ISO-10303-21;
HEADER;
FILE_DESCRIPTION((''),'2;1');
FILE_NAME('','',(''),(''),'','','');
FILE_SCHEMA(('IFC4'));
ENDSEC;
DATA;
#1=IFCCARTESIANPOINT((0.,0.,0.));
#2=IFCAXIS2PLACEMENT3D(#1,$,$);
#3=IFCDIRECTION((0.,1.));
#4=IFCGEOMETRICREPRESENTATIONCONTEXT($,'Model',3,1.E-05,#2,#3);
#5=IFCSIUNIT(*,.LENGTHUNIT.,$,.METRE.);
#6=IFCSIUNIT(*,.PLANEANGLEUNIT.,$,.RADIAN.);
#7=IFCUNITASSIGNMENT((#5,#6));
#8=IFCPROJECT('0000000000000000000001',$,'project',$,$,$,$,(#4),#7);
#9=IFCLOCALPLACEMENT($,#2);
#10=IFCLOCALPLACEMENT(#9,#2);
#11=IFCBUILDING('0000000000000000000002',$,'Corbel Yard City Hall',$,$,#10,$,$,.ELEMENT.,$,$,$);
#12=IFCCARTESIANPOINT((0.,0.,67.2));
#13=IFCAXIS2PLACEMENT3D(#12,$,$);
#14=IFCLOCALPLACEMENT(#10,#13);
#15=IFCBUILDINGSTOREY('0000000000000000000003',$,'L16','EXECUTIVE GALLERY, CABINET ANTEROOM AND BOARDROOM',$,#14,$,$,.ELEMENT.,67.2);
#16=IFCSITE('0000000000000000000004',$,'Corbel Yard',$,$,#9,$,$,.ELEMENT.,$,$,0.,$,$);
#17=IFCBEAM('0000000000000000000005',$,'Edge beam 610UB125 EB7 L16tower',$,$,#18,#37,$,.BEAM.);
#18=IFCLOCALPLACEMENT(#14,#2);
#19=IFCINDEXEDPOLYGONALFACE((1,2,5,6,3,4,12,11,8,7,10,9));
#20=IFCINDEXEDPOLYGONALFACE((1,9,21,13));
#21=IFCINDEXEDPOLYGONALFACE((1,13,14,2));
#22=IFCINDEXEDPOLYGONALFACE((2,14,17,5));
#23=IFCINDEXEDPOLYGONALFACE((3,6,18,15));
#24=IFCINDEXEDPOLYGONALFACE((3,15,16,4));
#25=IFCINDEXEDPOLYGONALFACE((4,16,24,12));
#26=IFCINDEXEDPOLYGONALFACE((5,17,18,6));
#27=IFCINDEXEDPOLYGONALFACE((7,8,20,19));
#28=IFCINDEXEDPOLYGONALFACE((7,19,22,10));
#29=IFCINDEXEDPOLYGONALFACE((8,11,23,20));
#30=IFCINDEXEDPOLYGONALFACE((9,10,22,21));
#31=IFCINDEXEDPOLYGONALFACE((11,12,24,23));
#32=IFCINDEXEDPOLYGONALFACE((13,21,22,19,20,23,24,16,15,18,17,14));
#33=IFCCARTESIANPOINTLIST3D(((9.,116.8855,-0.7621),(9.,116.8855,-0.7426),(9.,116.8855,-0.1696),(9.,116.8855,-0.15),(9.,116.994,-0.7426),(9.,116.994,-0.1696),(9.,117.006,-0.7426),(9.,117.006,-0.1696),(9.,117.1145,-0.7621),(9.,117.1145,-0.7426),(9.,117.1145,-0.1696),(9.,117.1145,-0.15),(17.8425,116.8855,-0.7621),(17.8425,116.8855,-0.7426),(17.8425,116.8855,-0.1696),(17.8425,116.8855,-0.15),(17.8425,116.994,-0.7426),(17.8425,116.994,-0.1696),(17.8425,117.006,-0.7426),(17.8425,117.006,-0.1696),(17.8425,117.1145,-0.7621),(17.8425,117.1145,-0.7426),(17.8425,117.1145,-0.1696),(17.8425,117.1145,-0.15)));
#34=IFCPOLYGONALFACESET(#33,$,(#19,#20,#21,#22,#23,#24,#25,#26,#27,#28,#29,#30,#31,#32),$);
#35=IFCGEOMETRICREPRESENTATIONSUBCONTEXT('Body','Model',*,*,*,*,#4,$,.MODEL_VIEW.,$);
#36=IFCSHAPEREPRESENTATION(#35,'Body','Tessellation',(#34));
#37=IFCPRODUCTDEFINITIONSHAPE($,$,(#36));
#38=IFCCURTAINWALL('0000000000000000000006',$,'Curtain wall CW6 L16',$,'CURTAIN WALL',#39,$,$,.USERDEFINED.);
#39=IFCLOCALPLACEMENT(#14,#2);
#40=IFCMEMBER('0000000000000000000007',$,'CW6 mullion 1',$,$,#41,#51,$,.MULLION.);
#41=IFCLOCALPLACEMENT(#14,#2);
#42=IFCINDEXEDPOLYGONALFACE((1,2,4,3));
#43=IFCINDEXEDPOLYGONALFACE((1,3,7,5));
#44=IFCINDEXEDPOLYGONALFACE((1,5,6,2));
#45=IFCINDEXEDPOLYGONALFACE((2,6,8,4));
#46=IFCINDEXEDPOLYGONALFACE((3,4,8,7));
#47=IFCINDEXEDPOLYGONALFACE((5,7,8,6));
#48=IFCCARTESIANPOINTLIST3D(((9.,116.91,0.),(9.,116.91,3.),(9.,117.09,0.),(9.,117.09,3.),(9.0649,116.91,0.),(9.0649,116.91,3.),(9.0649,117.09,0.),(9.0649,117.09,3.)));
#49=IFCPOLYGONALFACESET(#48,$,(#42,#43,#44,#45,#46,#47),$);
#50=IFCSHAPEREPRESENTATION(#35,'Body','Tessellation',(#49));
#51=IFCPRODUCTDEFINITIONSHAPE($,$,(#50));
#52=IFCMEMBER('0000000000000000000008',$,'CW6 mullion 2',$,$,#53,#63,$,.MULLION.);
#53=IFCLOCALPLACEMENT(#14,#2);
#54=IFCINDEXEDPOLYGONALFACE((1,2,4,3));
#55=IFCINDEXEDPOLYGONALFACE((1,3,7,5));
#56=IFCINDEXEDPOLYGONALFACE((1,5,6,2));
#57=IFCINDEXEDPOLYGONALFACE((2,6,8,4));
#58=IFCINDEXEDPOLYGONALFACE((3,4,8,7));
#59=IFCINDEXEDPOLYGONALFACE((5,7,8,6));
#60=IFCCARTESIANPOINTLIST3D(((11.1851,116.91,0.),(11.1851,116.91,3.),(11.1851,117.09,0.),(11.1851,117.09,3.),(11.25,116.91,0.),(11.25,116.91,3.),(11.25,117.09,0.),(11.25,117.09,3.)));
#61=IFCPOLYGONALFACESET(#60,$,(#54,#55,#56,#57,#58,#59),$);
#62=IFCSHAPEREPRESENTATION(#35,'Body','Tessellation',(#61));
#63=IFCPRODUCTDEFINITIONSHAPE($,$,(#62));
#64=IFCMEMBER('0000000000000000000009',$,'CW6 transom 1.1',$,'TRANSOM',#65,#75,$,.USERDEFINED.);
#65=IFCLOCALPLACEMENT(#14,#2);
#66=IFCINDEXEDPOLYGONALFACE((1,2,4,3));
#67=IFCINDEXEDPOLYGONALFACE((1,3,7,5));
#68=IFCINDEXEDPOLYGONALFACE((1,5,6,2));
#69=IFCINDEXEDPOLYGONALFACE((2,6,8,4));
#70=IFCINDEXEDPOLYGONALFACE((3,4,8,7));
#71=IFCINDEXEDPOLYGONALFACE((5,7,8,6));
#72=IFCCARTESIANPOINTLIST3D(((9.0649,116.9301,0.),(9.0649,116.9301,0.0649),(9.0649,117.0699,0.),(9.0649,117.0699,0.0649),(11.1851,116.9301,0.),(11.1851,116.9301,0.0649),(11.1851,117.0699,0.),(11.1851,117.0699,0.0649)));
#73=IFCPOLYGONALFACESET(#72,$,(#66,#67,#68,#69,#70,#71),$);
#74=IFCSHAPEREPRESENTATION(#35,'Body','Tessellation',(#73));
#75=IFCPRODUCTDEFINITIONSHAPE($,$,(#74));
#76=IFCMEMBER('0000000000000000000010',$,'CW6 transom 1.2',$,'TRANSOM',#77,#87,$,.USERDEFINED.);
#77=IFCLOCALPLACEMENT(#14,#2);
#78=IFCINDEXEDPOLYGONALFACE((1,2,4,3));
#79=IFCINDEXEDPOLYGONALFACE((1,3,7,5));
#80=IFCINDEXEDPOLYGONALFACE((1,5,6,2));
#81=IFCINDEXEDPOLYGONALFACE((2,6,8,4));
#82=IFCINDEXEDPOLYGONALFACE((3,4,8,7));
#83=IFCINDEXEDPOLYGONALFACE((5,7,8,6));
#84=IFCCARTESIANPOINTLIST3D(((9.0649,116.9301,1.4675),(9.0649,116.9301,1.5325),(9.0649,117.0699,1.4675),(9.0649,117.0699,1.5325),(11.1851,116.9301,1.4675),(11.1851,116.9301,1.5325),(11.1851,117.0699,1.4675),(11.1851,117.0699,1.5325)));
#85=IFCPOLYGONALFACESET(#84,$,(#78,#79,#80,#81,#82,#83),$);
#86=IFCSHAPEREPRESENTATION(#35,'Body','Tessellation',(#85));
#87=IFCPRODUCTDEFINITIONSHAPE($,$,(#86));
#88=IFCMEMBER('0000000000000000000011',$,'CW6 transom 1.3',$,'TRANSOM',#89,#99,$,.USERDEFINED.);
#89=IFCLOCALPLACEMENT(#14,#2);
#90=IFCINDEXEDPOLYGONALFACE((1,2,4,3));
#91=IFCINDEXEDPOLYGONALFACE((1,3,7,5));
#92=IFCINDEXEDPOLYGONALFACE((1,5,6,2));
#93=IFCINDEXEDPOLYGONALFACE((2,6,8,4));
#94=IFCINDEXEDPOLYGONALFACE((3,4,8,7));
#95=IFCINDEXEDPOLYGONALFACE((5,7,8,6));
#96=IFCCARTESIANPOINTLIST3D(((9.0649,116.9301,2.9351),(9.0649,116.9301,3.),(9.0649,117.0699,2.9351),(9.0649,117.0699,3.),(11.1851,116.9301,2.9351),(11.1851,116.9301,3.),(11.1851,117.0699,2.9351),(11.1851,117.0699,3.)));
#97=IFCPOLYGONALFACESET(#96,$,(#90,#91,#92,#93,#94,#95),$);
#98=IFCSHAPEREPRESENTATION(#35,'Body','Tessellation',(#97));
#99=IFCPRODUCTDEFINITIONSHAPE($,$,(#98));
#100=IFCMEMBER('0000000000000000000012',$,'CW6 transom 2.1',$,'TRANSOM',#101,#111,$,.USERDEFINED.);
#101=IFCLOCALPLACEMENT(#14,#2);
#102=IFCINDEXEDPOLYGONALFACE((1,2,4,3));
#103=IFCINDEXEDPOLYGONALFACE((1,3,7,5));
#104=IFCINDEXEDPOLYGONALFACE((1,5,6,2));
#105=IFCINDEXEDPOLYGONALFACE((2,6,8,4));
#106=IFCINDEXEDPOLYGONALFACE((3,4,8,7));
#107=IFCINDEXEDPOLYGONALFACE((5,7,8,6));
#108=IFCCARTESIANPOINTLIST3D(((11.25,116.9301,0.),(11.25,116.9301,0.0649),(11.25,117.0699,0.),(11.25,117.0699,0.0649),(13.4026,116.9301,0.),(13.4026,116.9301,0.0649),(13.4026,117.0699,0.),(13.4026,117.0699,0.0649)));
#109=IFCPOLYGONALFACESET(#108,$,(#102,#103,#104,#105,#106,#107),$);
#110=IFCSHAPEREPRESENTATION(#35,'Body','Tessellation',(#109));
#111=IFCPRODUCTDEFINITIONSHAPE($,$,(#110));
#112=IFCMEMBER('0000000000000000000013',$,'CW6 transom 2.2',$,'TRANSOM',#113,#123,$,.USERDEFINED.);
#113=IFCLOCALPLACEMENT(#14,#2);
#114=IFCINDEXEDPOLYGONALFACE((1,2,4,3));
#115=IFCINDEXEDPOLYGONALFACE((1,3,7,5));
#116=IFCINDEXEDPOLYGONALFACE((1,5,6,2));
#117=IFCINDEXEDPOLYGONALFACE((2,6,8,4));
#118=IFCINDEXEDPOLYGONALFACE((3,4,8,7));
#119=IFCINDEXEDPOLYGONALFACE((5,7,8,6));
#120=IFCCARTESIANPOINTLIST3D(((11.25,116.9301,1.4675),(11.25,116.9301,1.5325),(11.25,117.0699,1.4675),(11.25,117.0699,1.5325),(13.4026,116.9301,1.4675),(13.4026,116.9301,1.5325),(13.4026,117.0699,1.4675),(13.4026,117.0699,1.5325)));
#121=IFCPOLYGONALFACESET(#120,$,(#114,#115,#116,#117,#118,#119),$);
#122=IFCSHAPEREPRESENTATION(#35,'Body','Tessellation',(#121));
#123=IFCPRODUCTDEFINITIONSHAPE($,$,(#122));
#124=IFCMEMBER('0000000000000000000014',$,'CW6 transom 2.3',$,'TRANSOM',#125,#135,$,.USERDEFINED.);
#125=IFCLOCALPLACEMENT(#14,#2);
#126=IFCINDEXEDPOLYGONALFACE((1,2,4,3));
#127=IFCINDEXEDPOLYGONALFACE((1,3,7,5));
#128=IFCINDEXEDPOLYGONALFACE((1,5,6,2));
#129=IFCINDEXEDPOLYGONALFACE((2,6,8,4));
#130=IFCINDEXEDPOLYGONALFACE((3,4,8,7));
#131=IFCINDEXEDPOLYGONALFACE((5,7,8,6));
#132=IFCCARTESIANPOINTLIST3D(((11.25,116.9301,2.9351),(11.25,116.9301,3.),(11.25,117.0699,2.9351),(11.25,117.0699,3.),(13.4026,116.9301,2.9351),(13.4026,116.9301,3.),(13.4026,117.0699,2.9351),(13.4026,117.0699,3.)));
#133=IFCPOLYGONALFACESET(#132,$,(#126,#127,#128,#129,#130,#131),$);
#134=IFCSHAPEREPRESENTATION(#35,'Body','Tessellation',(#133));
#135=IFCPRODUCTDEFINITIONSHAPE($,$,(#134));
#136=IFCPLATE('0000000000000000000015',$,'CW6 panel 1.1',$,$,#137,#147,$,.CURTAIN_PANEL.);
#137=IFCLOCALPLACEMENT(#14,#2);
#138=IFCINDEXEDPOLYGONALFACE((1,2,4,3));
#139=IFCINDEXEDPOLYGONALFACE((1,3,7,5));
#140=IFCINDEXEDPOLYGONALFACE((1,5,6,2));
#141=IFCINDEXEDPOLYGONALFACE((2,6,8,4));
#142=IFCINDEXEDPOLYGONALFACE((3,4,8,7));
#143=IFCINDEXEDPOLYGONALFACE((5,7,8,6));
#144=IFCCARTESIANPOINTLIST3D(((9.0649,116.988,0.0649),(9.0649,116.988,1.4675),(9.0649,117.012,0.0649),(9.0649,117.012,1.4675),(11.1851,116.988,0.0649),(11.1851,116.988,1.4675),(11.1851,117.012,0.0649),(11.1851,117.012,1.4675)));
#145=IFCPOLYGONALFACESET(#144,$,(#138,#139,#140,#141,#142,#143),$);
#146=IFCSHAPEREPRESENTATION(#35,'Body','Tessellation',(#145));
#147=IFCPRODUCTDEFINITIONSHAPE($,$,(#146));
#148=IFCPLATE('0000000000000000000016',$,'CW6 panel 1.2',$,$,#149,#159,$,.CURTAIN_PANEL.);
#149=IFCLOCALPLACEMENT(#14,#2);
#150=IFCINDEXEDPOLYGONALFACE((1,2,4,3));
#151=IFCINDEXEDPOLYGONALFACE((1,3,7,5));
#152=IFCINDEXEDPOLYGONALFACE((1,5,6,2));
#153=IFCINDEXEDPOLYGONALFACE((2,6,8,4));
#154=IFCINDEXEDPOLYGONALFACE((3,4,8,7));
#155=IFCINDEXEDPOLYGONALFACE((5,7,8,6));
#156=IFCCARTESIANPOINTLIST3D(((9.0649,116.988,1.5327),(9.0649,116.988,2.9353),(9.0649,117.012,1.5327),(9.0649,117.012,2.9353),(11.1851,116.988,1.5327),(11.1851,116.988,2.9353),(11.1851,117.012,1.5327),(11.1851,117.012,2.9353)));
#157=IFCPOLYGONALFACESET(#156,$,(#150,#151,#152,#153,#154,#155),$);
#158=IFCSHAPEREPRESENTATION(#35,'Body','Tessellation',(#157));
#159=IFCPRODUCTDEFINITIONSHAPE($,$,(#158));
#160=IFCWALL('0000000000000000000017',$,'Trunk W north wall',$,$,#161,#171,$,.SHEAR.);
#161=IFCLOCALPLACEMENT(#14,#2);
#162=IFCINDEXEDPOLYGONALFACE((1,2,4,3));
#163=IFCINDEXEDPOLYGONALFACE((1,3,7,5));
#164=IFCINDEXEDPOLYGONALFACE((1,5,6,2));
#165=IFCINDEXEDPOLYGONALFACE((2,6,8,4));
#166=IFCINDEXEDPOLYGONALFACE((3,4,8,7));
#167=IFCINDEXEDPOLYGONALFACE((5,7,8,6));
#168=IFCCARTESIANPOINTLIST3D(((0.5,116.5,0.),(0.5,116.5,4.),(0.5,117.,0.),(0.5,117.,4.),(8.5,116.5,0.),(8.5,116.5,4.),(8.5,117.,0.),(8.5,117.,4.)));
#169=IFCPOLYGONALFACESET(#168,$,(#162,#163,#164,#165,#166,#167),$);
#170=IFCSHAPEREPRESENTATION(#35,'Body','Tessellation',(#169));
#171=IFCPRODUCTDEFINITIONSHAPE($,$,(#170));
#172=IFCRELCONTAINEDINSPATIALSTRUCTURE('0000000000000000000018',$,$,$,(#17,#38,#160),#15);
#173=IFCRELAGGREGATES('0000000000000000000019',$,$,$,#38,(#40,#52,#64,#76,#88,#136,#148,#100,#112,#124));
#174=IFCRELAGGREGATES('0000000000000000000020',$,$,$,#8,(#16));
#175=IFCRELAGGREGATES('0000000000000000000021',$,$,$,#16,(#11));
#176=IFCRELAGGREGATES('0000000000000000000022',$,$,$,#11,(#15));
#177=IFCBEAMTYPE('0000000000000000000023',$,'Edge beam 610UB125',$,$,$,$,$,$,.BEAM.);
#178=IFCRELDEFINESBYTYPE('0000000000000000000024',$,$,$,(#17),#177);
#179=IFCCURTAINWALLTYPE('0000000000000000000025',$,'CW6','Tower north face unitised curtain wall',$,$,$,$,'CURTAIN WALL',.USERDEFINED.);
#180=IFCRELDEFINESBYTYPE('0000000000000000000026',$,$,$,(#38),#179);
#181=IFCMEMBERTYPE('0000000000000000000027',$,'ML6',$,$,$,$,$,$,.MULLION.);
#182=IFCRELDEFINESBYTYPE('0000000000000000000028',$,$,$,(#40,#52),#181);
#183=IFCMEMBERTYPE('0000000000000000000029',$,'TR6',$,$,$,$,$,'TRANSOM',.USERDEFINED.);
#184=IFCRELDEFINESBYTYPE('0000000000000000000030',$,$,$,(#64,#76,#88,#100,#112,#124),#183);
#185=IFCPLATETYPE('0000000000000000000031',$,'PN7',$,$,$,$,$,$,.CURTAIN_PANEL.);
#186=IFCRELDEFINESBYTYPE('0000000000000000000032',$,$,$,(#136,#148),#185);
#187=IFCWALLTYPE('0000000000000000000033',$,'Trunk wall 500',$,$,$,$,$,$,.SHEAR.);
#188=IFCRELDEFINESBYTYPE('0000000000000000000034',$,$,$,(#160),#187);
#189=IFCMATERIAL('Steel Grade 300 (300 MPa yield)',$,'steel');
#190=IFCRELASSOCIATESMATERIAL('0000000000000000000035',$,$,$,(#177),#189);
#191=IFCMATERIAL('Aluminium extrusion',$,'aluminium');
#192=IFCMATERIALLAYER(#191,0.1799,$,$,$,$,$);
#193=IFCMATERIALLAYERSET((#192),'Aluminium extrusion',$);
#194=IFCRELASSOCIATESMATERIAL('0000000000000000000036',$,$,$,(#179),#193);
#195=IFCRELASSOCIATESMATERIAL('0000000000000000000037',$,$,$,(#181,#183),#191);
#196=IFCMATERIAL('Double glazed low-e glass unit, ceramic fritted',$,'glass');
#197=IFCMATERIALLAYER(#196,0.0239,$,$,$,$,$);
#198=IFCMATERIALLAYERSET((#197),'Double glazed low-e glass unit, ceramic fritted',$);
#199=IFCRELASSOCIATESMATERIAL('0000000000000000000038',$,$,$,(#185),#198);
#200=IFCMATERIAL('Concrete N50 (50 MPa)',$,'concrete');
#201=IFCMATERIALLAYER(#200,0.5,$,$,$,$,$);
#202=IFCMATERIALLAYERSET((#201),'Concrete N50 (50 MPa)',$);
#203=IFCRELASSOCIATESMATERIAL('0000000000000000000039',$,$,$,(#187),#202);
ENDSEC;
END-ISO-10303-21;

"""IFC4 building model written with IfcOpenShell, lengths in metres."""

from ifc_helpers import new_model, si_unit, direction, frame, frame_2d, origin, origin_2d, place, context, subcontext, project, spatial, rectangle, i_section, extrude, material, layer, layer_set, material_profile, profile_set, type_object, element, aggregate, save


model = new_model("IFC4")

# Units and contexts
model_context = context("Model", 3, precision=1e-05, world=origin(), true_north=direction((0.0, 1.0)))
body_context = subcontext(model_context, "Body", "Model", "MODEL_VIEW")
ifc_project = project(units=[si_unit("LENGTHUNIT", "METRE"), si_unit("PLANEANGLEUNIT", "RADIAN")], contexts=[model_context])

# Site, building, storey
site_placement = place(None, origin())
site = spatial("IfcSite", under=ifc_project, at=site_placement, Name="Corbel Yard", CompositionType="ELEMENT", RefElevation=0.0)
building_placement = place(site_placement, origin())
building = spatial("IfcBuilding", under=site, at=building_placement, Name="Corbel Yard City Hall", CompositionType="ELEMENT")
storey_placement = place(building_placement, frame((0.0, 0.0, 67.2)))
storey = spatial("IfcBuildingStorey", under=building, at=storey_placement, Name="L16", Description="EXECUTIVE GALLERY, CABINET ANTEROOM AND BOARDROOM", CompositionType="ELEMENT", Elevation=67.2)

# Beam
ifc_material_1 = material(Name="Steel Grade 300 (300 MPa yield)", Category="steel")
ifc_material_profile_1 = material_profile(ifc_material_1, i_section(OverallWidth=0.229, OverallDepth=0.6121, WebThickness=0.012, FlangeThickness=0.0195, at=origin_2d()), Name="610UB125")
ifc_profile_set_1 = profile_set([ifc_material_profile_1], Name="Steel Grade 300 (300 MPa yield)")
beam_type = type_object("IfcBeamType", Name="Edge beam 610UB125", PredefinedType="BEAM", material=ifc_profile_set_1)
beam_placement = place(storey_placement, frame((9.0, 117.0, -0.4561), z_axis=(1.0, 0.0, 0.0), x_axis=(0.0, 1.0, 0.0)))
element("IfcBeam", 1, at=beam_placement, inside=storey, type_object=beam_type, Name="Edge beam 610UB125 EB7 L16tower", PredefinedType="BEAM", context=body_context, shape_type="SweptSolid", body=[
    extrude(i_section(OverallWidth=0.229, OverallDepth=0.6121, WebThickness=0.012, FlangeThickness=0.0195, at=origin_2d()), origin(), (0.0, 0.0, 1.0), 8.8425),
])

# Curtain wall, members, plates
ifc_material_2 = material(Name="Aluminium extrusion", Category="aluminium")
ifc_layer_1 = layer(ifc_material_2, 0.1799)
ifc_layer_set_1 = layer_set([ifc_layer_1], Name="Aluminium extrusion")
curtain_wall_type = type_object("IfcCurtainWallType", Name="CW6", Description="Tower north face unitised curtain wall", ElementType="CURTAIN WALL", PredefinedType="USERDEFINED", material=ifc_layer_set_1)
curtain_wall_placement = place(storey_placement, origin())
curtain_wall = element("IfcCurtainWall", 2, at=curtain_wall_placement, inside=storey, type_object=curtain_wall_type, Name="Curtain wall CW6 L16", ObjectType="CURTAIN WALL", PredefinedType="USERDEFINED")
ifc_material_profile_2 = material_profile(ifc_material_2, rectangle(XDim=0.1799, YDim=0.0649, at=origin_2d()), Name="180x65")
ifc_profile_set_2 = profile_set([ifc_material_profile_2], Name="Aluminium extrusion")
member_type_1 = type_object("IfcMemberType", Name="ML6", PredefinedType="MULLION", material=ifc_profile_set_2)
member_1_placement = place(storey_placement, frame((9.0325, 117.0, 0.0), z_axis=(0.0, 0.0, 1.0), x_axis=(0.0, 1.0, 0.0)))
member_1 = element("IfcMember", 3, at=member_1_placement, type_object=member_type_1, Name="CW6 mullion 1", PredefinedType="MULLION", context=body_context, shape_type="SweptSolid", body=[
    extrude(rectangle(XDim=0.1799, YDim=0.0649, at=origin_2d()), origin(), (0.0, 0.0, 1.0), 3.0),
])
member_2_placement = place(storey_placement, frame((11.2175, 117.0, 0.0), z_axis=(0.0, 0.0, 1.0), x_axis=(0.0, 1.0, 0.0)))
member_2 = element("IfcMember", 4, at=member_2_placement, type_object=member_type_1, Name="CW6 mullion 2", PredefinedType="MULLION", context=body_context, shape_type="SweptSolid", body=[
    extrude(rectangle(XDim=0.1799, YDim=0.0649, at=origin_2d()), origin(), (0.0, 0.0, 1.0), 3.0),
])
ifc_material_profile_3 = material_profile(ifc_material_2, rectangle(XDim=0.1399, YDim=0.0649, at=origin_2d()), Name="140x65")
ifc_profile_set_3 = profile_set([ifc_material_profile_3], Name="Aluminium extrusion")
member_type_2 = type_object("IfcMemberType", Name="TR6", ElementType="TRANSOM", PredefinedType="USERDEFINED", material=ifc_profile_set_3)
member_3_placement = place(storey_placement, frame((9.0649, 117.0, 0.0325), z_axis=(1.0, 0.0, 0.0), x_axis=(0.0, 1.0, 0.0)))
member_3 = element("IfcMember", 5, at=member_3_placement, type_object=member_type_2, Name="CW6 transom 1.1", ObjectType="TRANSOM", PredefinedType="USERDEFINED", context=body_context, shape_type="SweptSolid", body=[
    extrude(rectangle(XDim=0.1399, YDim=0.0649, at=origin_2d()), origin(), (0.0, 0.0, 1.0), 2.1201),
])
member_4_placement = place(storey_placement, frame((9.0649, 117.0, 1.5), z_axis=(1.0, 0.0, 0.0), x_axis=(0.0, 1.0, 0.0)))
member_4 = element("IfcMember", 6, at=member_4_placement, type_object=member_type_2, Name="CW6 transom 1.2", ObjectType="TRANSOM", PredefinedType="USERDEFINED", context=body_context, shape_type="SweptSolid", body=[
    extrude(rectangle(XDim=0.1399, YDim=0.0649, at=origin_2d()), origin(), (0.0, 0.0, 1.0), 2.1201),
])
member_5_placement = place(storey_placement, frame((9.0649, 117.0, 2.9675), z_axis=(1.0, 0.0, 0.0), x_axis=(0.0, 1.0, 0.0)))
member_5 = element("IfcMember", 7, at=member_5_placement, type_object=member_type_2, Name="CW6 transom 1.3", ObjectType="TRANSOM", PredefinedType="USERDEFINED", context=body_context, shape_type="SweptSolid", body=[
    extrude(rectangle(XDim=0.1399, YDim=0.0649, at=origin_2d()), origin(), (0.0, 0.0, 1.0), 2.1201),
])
member_6_placement = place(storey_placement, frame((11.25, 117.0, 0.0325), z_axis=(1.0, 0.0, 0.0), x_axis=(0.0, 1.0, 0.0)))
member_6 = element("IfcMember", 8, at=member_6_placement, type_object=member_type_2, Name="CW6 transom 2.1", ObjectType="TRANSOM", PredefinedType="USERDEFINED", context=body_context, shape_type="SweptSolid", body=[
    extrude(rectangle(XDim=0.1399, YDim=0.0649, at=origin_2d()), origin(), (0.0, 0.0, 1.0), 2.1526),
])
member_7_placement = place(storey_placement, frame((11.25, 117.0, 1.5), z_axis=(1.0, 0.0, 0.0), x_axis=(0.0, 1.0, 0.0)))
member_7 = element("IfcMember", 9, at=member_7_placement, type_object=member_type_2, Name="CW6 transom 2.2", ObjectType="TRANSOM", PredefinedType="USERDEFINED", context=body_context, shape_type="SweptSolid", body=[
    extrude(rectangle(XDim=0.1399, YDim=0.0649, at=origin_2d()), origin(), (0.0, 0.0, 1.0), 2.1526),
])
member_8_placement = place(storey_placement, frame((11.25, 117.0, 2.9675), z_axis=(1.0, 0.0, 0.0), x_axis=(0.0, 1.0, 0.0)))
member_8 = element("IfcMember", 10, at=member_8_placement, type_object=member_type_2, Name="CW6 transom 2.3", ObjectType="TRANSOM", PredefinedType="USERDEFINED", context=body_context, shape_type="SweptSolid", body=[
    extrude(rectangle(XDim=0.1399, YDim=0.0649, at=origin_2d()), origin(), (0.0, 0.0, 1.0), 2.1526),
])
ifc_material_3 = material(Name="Double glazed low-e glass unit, ceramic fritted", Category="glass")
ifc_layer_2 = layer(ifc_material_3, 0.0239)
ifc_layer_set_2 = layer_set([ifc_layer_2], Name="Double glazed low-e glass unit, ceramic fritted")
plate_type = type_object("IfcPlateType", Name="PN7", PredefinedType="CURTAIN_PANEL", material=ifc_layer_set_2)
plate_1_placement = place(storey_placement, frame((10.125, 117.0, 0.0649), z_axis=(0.0, 0.0, 1.0), x_axis=(1.0, 0.0, 0.0)))
plate_1 = element("IfcPlate", 11, at=plate_1_placement, type_object=plate_type, Name="CW6 panel 1.1", PredefinedType="CURTAIN_PANEL", context=body_context, shape_type="SweptSolid", body=[
    extrude(rectangle(XDim=2.1201, YDim=0.0239, at=origin_2d()), origin(), (0.0, 0.0, 1.0), 1.4026),
])
plate_2_placement = place(storey_placement, frame((10.125, 117.0, 1.5327), z_axis=(0.0, 0.0, 1.0), x_axis=(1.0, 0.0, 0.0)))
plate_2 = element("IfcPlate", 12, at=plate_2_placement, type_object=plate_type, Name="CW6 panel 1.2", PredefinedType="CURTAIN_PANEL", context=body_context, shape_type="SweptSolid", body=[
    extrude(rectangle(XDim=2.1201, YDim=0.0239, at=origin_2d()), origin(), (0.0, 0.0, 1.0), 1.4026),
])
aggregate(curtain_wall, [member_1, member_2, member_3, member_4, member_5, plate_1, plate_2, member_6, member_7, member_8])

# Wall
ifc_material_4 = material(Name="Concrete N50 (50 MPa)", Category="concrete")
ifc_layer_3 = layer(ifc_material_4, 0.5)
ifc_layer_set_3 = layer_set([ifc_layer_3], Name="Concrete N50 (50 MPa)")
wall_type = type_object("IfcWallType", Name="Trunk wall 500", PredefinedType="SHEAR", material=ifc_layer_set_3)
wall_placement = place(storey_placement, frame((0.5, 116.75, 0.0), z_axis=(0.0, 0.0, 1.0), x_axis=(1.0, 0.0, 0.0)))
element("IfcWall", 13, at=wall_placement, inside=storey, type_object=wall_type, Name="Trunk W north wall", PredefinedType="SHEAR", context=body_context, shape_type="SweptSolid", body=[
    extrude(rectangle(XDim=8.0, YDim=0.5, at=frame_2d((4.0, 0.0))), origin(), (0.0, 0.0, 1.0), 4.0),
])

save(model, "model.ifc")
